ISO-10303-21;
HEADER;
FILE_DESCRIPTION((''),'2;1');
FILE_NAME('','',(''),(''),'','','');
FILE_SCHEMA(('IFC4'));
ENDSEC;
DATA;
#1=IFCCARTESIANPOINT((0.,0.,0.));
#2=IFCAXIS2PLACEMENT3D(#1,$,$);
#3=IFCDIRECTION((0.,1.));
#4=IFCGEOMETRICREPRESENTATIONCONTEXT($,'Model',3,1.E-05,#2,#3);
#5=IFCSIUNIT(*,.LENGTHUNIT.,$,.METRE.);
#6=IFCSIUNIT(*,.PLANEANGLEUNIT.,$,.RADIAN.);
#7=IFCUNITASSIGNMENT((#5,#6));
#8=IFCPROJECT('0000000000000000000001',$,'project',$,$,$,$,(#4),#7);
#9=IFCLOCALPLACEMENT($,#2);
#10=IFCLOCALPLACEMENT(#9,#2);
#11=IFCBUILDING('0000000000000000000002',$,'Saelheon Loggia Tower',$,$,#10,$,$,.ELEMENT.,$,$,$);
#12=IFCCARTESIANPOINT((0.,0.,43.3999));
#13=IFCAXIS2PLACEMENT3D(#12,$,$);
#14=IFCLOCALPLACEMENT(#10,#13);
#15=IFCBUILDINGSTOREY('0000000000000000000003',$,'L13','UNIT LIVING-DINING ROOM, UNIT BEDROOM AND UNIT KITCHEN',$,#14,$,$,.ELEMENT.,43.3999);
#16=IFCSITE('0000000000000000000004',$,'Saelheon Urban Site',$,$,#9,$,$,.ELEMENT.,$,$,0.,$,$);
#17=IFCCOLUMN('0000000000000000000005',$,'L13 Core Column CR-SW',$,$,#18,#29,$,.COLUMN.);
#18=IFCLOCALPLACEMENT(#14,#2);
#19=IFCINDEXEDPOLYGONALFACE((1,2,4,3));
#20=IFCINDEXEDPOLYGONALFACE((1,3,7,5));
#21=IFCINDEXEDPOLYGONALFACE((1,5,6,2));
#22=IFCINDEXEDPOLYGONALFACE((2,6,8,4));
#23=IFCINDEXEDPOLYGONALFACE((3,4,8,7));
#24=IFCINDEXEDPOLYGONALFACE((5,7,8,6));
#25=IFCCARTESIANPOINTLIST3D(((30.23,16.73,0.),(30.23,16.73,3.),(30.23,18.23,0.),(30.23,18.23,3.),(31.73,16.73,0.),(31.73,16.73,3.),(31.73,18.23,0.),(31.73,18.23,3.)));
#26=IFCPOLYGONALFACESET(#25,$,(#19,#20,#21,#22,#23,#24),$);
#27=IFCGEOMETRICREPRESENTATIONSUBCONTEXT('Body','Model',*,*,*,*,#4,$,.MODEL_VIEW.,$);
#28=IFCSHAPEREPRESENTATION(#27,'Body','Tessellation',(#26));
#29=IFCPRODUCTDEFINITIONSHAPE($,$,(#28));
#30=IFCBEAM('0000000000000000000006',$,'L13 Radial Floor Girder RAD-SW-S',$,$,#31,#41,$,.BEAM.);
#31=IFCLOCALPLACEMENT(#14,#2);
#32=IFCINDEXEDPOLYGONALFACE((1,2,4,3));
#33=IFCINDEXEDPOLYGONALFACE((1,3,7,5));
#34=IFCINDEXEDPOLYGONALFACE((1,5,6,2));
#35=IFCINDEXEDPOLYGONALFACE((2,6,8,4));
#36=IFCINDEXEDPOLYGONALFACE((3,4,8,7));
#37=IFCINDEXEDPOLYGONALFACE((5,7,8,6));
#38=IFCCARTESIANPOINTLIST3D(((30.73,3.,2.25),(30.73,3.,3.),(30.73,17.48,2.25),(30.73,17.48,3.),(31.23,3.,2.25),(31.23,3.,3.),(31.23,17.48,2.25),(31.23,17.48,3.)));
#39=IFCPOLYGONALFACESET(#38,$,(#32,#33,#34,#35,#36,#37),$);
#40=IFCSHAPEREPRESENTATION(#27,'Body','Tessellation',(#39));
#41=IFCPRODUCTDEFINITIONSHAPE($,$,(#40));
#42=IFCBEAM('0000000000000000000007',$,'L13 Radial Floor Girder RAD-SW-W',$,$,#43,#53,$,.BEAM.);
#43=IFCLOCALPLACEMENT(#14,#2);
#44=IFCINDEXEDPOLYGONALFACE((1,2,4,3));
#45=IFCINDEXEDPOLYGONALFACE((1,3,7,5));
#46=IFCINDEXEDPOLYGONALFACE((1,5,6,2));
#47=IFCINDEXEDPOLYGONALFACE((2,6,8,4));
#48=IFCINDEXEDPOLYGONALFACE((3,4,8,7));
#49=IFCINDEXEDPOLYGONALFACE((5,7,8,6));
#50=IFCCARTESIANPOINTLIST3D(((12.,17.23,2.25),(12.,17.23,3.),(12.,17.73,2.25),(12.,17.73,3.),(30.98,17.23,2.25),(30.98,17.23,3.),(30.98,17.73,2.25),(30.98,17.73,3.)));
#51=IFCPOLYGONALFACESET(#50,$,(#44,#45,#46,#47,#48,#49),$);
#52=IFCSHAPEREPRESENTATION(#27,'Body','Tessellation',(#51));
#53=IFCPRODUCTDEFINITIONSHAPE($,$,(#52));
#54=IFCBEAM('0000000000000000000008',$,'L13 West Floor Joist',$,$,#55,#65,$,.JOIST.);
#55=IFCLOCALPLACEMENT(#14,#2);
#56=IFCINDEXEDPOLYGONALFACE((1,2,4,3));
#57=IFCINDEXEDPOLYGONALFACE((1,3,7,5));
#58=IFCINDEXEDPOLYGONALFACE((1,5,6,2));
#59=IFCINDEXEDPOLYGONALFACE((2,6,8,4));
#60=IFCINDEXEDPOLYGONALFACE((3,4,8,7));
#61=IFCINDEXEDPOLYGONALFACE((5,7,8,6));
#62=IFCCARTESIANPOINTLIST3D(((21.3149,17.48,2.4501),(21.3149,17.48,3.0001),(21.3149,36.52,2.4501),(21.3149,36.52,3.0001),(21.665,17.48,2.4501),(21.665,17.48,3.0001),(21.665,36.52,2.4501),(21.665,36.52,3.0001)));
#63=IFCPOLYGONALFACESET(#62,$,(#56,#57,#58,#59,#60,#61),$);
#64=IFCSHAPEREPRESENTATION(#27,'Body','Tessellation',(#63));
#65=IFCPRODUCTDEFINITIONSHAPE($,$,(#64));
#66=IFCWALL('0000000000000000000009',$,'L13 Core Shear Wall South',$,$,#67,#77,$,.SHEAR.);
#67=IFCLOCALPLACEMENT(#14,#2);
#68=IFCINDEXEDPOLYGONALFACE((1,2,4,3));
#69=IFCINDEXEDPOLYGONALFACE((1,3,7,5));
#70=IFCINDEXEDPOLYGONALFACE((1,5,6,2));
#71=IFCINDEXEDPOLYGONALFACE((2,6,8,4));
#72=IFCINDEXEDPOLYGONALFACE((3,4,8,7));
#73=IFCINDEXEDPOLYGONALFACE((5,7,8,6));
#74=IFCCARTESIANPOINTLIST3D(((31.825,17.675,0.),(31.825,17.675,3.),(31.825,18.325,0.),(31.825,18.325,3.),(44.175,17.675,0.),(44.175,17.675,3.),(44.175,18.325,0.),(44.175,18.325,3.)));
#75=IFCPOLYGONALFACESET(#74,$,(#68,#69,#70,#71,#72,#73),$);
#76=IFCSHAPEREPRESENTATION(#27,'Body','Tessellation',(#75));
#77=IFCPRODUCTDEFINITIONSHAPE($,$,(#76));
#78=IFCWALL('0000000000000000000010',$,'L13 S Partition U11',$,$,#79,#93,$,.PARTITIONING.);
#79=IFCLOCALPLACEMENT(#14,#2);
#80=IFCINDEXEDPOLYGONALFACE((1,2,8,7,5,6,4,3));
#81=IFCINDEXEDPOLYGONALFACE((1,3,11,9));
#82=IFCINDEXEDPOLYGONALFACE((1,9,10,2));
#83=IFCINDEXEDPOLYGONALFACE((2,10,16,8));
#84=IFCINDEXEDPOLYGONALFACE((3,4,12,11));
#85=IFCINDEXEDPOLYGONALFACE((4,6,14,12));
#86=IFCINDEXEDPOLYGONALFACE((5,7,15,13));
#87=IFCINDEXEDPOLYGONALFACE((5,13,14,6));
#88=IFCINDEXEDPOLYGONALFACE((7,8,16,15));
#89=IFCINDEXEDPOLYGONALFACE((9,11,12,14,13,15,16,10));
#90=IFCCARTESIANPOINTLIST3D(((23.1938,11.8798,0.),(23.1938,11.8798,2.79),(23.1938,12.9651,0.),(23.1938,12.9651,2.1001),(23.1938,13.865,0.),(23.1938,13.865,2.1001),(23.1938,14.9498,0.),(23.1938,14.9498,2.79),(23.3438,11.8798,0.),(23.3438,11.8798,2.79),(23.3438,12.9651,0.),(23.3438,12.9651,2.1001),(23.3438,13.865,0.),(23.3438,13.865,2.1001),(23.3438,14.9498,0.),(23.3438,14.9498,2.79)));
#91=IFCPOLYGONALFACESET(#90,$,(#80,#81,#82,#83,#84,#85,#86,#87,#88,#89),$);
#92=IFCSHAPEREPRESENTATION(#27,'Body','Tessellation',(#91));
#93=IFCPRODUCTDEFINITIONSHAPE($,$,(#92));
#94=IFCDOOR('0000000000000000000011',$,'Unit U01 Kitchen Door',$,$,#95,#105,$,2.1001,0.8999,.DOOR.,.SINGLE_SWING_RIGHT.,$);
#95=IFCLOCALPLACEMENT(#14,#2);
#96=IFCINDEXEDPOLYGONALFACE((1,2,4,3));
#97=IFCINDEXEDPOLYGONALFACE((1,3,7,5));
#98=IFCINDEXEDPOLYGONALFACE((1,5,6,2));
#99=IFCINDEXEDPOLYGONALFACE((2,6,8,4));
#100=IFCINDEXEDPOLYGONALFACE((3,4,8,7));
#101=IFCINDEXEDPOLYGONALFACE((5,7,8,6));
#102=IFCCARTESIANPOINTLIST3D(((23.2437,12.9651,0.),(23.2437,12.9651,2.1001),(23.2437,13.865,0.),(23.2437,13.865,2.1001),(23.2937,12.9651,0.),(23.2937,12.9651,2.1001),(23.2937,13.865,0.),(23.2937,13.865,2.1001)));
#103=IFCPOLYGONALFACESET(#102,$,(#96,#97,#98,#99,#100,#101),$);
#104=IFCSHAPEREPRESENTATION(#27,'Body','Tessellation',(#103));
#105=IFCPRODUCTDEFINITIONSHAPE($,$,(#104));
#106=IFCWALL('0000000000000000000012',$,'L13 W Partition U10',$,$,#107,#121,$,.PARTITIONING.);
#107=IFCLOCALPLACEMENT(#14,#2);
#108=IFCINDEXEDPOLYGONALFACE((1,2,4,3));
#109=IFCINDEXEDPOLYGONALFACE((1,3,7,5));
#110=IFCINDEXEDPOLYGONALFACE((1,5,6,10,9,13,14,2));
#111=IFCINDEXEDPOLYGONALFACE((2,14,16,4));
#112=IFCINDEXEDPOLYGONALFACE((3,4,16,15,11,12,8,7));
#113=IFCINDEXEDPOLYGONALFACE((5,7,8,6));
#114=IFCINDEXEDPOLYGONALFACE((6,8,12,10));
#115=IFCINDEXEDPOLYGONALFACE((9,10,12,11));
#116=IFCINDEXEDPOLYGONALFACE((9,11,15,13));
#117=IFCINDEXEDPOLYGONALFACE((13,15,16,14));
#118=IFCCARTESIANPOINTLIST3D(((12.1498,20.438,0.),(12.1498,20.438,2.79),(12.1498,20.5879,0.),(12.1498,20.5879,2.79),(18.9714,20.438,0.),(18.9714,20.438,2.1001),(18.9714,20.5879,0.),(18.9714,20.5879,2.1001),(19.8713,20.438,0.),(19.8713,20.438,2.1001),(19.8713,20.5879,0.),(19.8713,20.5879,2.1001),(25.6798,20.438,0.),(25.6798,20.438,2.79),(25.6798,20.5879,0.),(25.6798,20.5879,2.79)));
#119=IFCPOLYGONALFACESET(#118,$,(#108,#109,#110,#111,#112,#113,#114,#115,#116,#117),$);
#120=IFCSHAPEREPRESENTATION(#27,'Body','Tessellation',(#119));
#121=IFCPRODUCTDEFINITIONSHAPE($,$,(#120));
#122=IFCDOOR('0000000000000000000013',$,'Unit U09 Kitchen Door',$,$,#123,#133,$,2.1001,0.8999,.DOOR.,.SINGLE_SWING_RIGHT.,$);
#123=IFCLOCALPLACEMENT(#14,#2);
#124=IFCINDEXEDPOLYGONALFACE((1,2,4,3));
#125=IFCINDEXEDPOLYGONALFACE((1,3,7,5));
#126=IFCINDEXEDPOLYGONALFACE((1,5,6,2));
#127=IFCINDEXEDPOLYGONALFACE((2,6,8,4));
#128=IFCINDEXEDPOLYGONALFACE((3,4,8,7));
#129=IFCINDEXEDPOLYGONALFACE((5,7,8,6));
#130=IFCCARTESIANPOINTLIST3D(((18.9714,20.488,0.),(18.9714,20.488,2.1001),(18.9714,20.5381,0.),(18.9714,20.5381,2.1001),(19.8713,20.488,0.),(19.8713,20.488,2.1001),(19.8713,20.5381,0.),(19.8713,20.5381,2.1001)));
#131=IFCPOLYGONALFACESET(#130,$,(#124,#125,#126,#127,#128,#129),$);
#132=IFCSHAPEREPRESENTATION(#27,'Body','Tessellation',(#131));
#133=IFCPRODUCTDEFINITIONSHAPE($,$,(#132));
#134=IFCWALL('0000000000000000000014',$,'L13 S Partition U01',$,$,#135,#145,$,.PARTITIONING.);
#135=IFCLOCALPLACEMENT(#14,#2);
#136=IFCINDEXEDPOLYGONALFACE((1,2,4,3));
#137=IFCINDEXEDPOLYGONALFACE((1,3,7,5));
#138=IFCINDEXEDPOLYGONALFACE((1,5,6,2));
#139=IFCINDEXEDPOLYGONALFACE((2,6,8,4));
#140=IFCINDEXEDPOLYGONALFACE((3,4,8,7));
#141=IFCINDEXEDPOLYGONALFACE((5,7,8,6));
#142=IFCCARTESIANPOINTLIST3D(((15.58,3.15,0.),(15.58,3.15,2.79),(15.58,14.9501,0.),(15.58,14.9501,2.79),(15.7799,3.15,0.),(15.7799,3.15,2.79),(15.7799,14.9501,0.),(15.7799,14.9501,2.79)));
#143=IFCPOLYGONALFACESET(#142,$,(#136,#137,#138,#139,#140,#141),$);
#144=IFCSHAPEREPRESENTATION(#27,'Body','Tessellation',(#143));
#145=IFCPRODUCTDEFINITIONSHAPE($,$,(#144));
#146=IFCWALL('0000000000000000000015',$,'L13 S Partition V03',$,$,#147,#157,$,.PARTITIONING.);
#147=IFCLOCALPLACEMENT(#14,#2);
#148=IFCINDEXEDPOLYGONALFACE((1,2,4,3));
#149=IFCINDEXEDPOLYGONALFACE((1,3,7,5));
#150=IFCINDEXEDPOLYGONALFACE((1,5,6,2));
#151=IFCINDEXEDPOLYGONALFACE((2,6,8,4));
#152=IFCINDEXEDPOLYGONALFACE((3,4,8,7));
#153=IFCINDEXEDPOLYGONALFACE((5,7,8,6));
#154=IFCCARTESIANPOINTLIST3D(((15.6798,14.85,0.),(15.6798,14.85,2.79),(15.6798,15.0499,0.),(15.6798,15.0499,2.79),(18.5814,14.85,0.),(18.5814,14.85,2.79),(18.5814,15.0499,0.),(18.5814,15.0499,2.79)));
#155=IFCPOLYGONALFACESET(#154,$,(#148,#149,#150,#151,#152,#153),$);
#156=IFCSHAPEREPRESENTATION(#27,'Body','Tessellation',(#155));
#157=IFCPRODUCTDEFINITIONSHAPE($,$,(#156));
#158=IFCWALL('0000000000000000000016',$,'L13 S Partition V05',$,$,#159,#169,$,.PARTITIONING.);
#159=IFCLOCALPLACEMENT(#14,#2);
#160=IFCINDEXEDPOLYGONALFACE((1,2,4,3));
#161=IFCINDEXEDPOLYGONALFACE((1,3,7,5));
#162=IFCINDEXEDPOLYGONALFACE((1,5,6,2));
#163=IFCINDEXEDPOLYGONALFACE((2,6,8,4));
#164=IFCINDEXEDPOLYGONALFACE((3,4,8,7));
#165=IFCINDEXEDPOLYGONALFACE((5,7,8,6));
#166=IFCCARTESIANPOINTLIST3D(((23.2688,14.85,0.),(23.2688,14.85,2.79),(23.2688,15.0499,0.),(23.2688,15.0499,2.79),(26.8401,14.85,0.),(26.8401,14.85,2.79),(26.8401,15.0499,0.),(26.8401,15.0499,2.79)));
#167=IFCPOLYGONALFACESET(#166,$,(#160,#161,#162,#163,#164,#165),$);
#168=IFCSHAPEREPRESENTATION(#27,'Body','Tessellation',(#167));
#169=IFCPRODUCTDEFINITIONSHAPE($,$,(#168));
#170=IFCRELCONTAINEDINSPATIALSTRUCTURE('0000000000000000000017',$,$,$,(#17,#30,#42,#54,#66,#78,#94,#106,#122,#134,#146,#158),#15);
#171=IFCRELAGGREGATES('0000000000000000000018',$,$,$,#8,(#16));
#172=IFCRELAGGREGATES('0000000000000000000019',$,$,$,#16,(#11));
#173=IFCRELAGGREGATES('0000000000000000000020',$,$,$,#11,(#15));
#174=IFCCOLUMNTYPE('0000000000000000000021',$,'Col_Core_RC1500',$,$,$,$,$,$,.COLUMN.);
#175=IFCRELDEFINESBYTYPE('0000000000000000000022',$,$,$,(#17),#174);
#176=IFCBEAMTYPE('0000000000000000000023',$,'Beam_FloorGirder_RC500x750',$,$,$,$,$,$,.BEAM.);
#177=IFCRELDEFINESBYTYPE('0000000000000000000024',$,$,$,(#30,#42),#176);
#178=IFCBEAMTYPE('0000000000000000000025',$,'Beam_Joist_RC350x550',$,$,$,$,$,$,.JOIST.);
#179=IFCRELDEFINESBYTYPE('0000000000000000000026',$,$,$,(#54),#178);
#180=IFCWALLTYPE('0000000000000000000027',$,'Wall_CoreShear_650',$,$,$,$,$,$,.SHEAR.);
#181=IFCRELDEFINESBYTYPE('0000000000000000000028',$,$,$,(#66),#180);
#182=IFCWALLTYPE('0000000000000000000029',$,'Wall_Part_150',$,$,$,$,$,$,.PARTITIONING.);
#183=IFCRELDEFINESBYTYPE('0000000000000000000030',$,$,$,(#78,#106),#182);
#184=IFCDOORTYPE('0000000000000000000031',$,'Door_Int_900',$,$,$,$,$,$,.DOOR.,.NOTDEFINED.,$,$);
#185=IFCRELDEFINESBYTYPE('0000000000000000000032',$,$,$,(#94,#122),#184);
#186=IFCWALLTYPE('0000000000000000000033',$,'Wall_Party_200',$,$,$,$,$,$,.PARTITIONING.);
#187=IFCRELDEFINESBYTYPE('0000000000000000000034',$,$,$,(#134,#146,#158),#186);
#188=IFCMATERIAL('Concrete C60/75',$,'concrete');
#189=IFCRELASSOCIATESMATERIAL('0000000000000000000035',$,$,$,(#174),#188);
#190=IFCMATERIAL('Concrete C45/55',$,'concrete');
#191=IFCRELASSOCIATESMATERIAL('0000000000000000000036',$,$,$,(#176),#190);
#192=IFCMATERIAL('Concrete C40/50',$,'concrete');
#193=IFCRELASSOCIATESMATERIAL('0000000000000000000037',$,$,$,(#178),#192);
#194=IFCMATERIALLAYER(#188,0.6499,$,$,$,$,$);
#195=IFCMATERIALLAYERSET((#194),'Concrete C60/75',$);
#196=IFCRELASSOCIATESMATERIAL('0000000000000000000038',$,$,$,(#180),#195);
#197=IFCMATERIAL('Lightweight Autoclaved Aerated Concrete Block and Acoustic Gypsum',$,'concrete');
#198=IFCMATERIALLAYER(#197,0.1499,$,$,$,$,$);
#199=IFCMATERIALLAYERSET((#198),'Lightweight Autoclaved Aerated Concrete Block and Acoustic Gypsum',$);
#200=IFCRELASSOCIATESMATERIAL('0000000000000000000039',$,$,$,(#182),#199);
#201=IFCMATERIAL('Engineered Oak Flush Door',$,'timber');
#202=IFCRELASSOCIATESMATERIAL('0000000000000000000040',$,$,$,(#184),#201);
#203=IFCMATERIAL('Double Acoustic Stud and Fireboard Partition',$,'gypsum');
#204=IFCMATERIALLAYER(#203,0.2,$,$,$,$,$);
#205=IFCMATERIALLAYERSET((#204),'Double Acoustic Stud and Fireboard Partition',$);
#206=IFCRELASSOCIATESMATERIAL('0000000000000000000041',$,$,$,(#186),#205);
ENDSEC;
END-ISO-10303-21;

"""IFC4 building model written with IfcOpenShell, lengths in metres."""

from ifc_helpers import new_model, si_unit, direction, frame, frame_2d, origin, origin_2d, place, context, subcontext, project, spatial, rectangle, extrude, source, transform, mapped, material, layer, layer_set, material_profile, profile_set, type_object, element, fill, save


model = new_model("IFC4")

# Units and contexts
model_context = context("Model", 3, precision=1e-05, world=origin(), true_north=direction((0.0, 1.0)))
body_context = subcontext(model_context, "Body", "Model", "MODEL_VIEW")
ifc_project = project(units=[si_unit("LENGTHUNIT", "METRE"), si_unit("PLANEANGLEUNIT", "RADIAN")], contexts=[model_context])

# Site, building, storey
site_placement = place(None, origin())
site = spatial("IfcSite", under=ifc_project, at=site_placement, Name="Saelheon Urban Site", CompositionType="ELEMENT", RefElevation=0.0)
building_placement = place(site_placement, origin())
building = spatial("IfcBuilding", under=site, at=building_placement, Name="Saelheon Loggia Tower", CompositionType="ELEMENT")
storey_placement = place(building_placement, frame((0.0, 0.0, 43.3999)))
storey = spatial("IfcBuildingStorey", under=building, at=storey_placement, Name="L13", Description="UNIT LIVING-DINING ROOM, UNIT BEDROOM AND UNIT KITCHEN", CompositionType="ELEMENT", Elevation=43.3999)

# Column
ifc_material_1 = material(Name="Concrete C60/75", Category="concrete")
ifc_material_profile_1 = material_profile(ifc_material_1, rectangle(XDim=1.5, YDim=1.5, at=origin_2d()), Name="RC-1500x1500")
ifc_profile_set_1 = profile_set([ifc_material_profile_1], Name="Concrete C60/75")
column_type = type_object("IfcColumnType", Name="Col_Core_RC1500", PredefinedType="COLUMN", material=ifc_profile_set_1)
shared_shape_1 = source(origin(), body_context, "Body", "SweptSolid", [
    extrude(rectangle(XDim=1.5, YDim=1.5, at=origin_2d()), origin(), (0.0, 0.0, 1.0), 3.0),
])
column_placement = place(storey_placement, frame((30.98, 17.48, 0.0), z_axis=(0.0, 0.0, 1.0), x_axis=(1.0, 0.0, 0.0)))
element("IfcColumn", 1, at=column_placement, inside=storey, type_object=column_type, Name="L13 Core Column CR-SW", PredefinedType="COLUMN", context=body_context, shape_type="MappedRepresentation", body=[
    mapped(shared_shape_1, transform((0.0, 0.0, 0.0), scale=1.0)),
])

# Beams
ifc_material_2 = material(Name="Concrete C45/55", Category="concrete")
ifc_material_profile_2 = material_profile(ifc_material_2, rectangle(XDim=0.5, YDim=0.75, at=origin_2d()), Name="RC-500x750")
ifc_profile_set_2 = profile_set([ifc_material_profile_2], Name="Concrete C45/55")
beam_type_1 = type_object("IfcBeamType", Name="Beam_FloorGirder_RC500x750", PredefinedType="BEAM", material=ifc_profile_set_2)
shared_shape_2 = source(origin(), body_context, "Body", "SweptSolid", [
    extrude(rectangle(XDim=0.5, YDim=0.75, at=origin_2d()), origin(), (0.0, 0.0, 1.0), 14.48),
])
beam_1_placement = place(storey_placement, frame((30.98, 17.48, 2.625), z_axis=(0.0, -1.0, 0.0), x_axis=(1.0, 0.0, 0.0)))
element("IfcBeam", 2, at=beam_1_placement, inside=storey, type_object=beam_type_1, Name="L13 Radial Floor Girder RAD-SW-S", PredefinedType="BEAM", context=body_context, shape_type="MappedRepresentation", body=[
    mapped(shared_shape_2, transform((0.0, 0.0, 0.0), scale=1.0)),
])
shared_shape_3 = source(origin(), body_context, "Body", "SweptSolid", [
    extrude(rectangle(XDim=0.5, YDim=0.75, at=origin_2d()), origin(), (0.0, 0.0, 1.0), 18.98),
])
beam_2_placement = place(storey_placement, frame((30.98, 17.48, 2.625), z_axis=(-1.0, 0.0, 0.0), x_axis=(0.0, -1.0, 0.0)))
element("IfcBeam", 3, at=beam_2_placement, inside=storey, type_object=beam_type_1, Name="L13 Radial Floor Girder RAD-SW-W", PredefinedType="BEAM", context=body_context, shape_type="MappedRepresentation", body=[
    mapped(shared_shape_3, transform((0.0, 0.0, 0.0), scale=1.0)),
])
ifc_material_3 = material(Name="Concrete C40/50", Category="concrete")
ifc_material_profile_3 = material_profile(ifc_material_3, rectangle(XDim=0.3501, YDim=0.55, at=origin_2d()), Name="RC-350x550")
ifc_profile_set_3 = profile_set([ifc_material_profile_3], Name="Concrete C40/50")
beam_type_2 = type_object("IfcBeamType", Name="Beam_Joist_RC350x550", PredefinedType="JOIST", material=ifc_profile_set_3)
shared_shape_4 = source(origin(), body_context, "Body", "SweptSolid", [
    extrude(rectangle(XDim=0.3501, YDim=0.55, at=origin_2d()), origin(), (0.0, 0.0, 1.0), 19.04),
])
beam_3_placement = place(storey_placement, frame((21.49, 17.48, 2.7251), z_axis=(0.0, 1.0, 0.0), x_axis=(-1.0, 0.0, 0.0)))
element("IfcBeam", 4, at=beam_3_placement, inside=storey, type_object=beam_type_2, Name="L13 West Floor Joist", PredefinedType="JOIST", context=body_context, shape_type="MappedRepresentation", body=[
    mapped(shared_shape_4, transform((0.0, 0.0, 0.0), scale=1.0)),
])

# Shared definitions
ifc_layer_1 = layer(ifc_material_1, 0.6499)
ifc_layer_set_1 = layer_set([ifc_layer_1], Name="Concrete C60/75")
wall_type_1 = type_object("IfcWallType", Name="Wall_CoreShear_650", PredefinedType="SHEAR", material=ifc_layer_set_1)

# Wall
wall_1_placement = place(storey_placement, frame((31.825, 18.0, 0.0), z_axis=(0.0, 0.0, 1.0), x_axis=(1.0, 0.0, 0.0)))
element("IfcWall", 5, at=wall_1_placement, inside=storey, type_object=wall_type_1, Name="L13 Core Shear Wall South", PredefinedType="SHEAR", context=body_context, shape_type="SweptSolid", body=[
    extrude(rectangle(XDim=12.3501, YDim=0.6499, at=frame_2d((6.175, 0.0))), origin(), (0.0, 0.0, 1.0), 3.0),
])

# Walls, openings, doors
ifc_material_4 = material(Name="Lightweight Autoclaved Aerated Concrete Block and Acoustic Gypsum", Category="concrete")
ifc_layer_2 = layer(ifc_material_4, 0.1499)
ifc_layer_set_2 = layer_set([ifc_layer_2], Name="Lightweight Autoclaved Aerated Concrete Block and Acoustic Gypsum")
wall_type_2 = type_object("IfcWallType", Name="Wall_Part_150", PredefinedType="PARTITIONING", material=ifc_layer_set_2)
wall_2_placement = place(storey_placement, frame((23.2688, 14.95, 0.0), z_axis=(0.0, 0.0, 1.0), x_axis=(0.0, -1.0, 0.0)))
wall_2 = element("IfcWall", 6, at=wall_2_placement, inside=storey, type_object=wall_type_2, Name="L13 S Partition U11", PredefinedType="PARTITIONING", context=body_context, shape_type="SweptSolid", body=[
    extrude(rectangle(XDim=3.0701, YDim=0.1499, at=frame_2d((1.5352, 0.0))), origin(), (0.0, 0.0, 1.0), 2.79),
])
opening_1_placement = place(wall_2_placement, frame((1.085, 0.0, 0.0)))
opening_1 = element("IfcOpeningElement", 7, at=opening_1_placement, cuts=wall_2, PredefinedType="OPENING", context=body_context, shape_type="SweptSolid", body=[
    extrude(rectangle(XDim=0.8999, YDim=2.1001, at=frame_2d((0.45, 1.05))), frame((0.0, 0.0869, 0.0), z_axis=(0.0, -1.0, 0.0), x_axis=(1.0, 0.0, 0.0)), (0.0, 0.0, 1.0), 0.1738),
])
ifc_material_5 = material(Name="Engineered Oak Flush Door", Category="timber")
door_type_1 = type_object("IfcDoorType", Name="Door_Int_900", OperationType="NOTDEFINED", PredefinedType="DOOR", material=ifc_material_5)
shared_shape_5 = source(origin(), body_context, "Body", "SweptSolid", [
    extrude(rectangle(XDim=0.8999, YDim=2.1001, at=frame_2d((0.45, 1.05))), frame((0.0, 0.0249, 0.0), z_axis=(0.0, -1.0, 0.0), x_axis=(1.0, 0.0, 0.0)), (0.0, 0.0, 1.0), 0.05),
])
door_1_placement = place(opening_1_placement, origin())
door_1 = element("IfcDoor", 8, at=door_1_placement, inside=storey, type_object=door_type_1, Name="Unit U01 Kitchen Door", OperationType="SINGLE_SWING_RIGHT", OverallHeight=2.1001, OverallWidth=0.8999, PredefinedType="DOOR", context=body_context, shape_type="MappedRepresentation", body=[
    mapped(shared_shape_5, transform((0.0, 0.0, 0.0), scale=1.0)),
])
fill(opening_1, door_1)
wall_3_placement = place(storey_placement, frame((25.6799, 20.5129, 0.0), z_axis=(0.0, 0.0, 1.0), x_axis=(-1.0, 0.0, 0.0)))
wall_3 = element("IfcWall", 9, at=wall_3_placement, inside=storey, type_object=wall_type_2, Name="L13 W Partition U10", PredefinedType="PARTITIONING", context=body_context, shape_type="SweptSolid", body=[
    extrude(rectangle(XDim=13.53, YDim=0.1499, at=frame_2d((6.7651, 0.0))), origin(), (0.0, 0.0, 1.0), 2.79),
])
opening_2_placement = place(wall_3_placement, frame((5.8086, 0.0, 0.0)))
opening_2 = element("IfcOpeningElement", 10, at=opening_2_placement, cuts=wall_3, PredefinedType="OPENING", context=body_context, shape_type="SweptSolid", body=[
    extrude(rectangle(XDim=0.8999, YDim=2.1001, at=frame_2d((0.45, 1.05))), frame((0.0, 0.0869, 0.0), z_axis=(0.0, -1.0, 0.0), x_axis=(1.0, 0.0, 0.0)), (0.0, 0.0, 1.0), 0.1738),
])
door_2_placement = place(opening_2_placement, origin())
door_2 = element("IfcDoor", 11, at=door_2_placement, inside=storey, type_object=door_type_1, Name="Unit U09 Kitchen Door", OperationType="SINGLE_SWING_RIGHT", OverallHeight=2.1001, OverallWidth=0.8999, PredefinedType="DOOR", context=body_context, shape_type="MappedRepresentation", body=[
    mapped(shared_shape_5, transform((0.0, 0.0, 0.0), scale=1.0)),
])
fill(opening_2, door_2)

# Walls
ifc_material_6 = material(Name="Double Acoustic Stud and Fireboard Partition", Category="gypsum")
ifc_layer_3 = layer(ifc_material_6, 0.2)
ifc_layer_set_3 = layer_set([ifc_layer_3], Name="Double Acoustic Stud and Fireboard Partition")
wall_type_3 = type_object("IfcWallType", Name="Wall_Party_200", PredefinedType="PARTITIONING", material=ifc_layer_set_3)
wall_4_placement = place(storey_placement, frame((15.6799, 14.95, 0.0), z_axis=(0.0, 0.0, 1.0), x_axis=(0.0, -1.0, 0.0)))
element("IfcWall", 12, at=wall_4_placement, inside=storey, type_object=wall_type_3, Name="L13 S Partition U01", PredefinedType="PARTITIONING", context=body_context, shape_type="SweptSolid", body=[
    extrude(rectangle(XDim=11.8, YDim=0.2, at=frame_2d((5.8999, 0.0))), origin(), (0.0, 0.0, 1.0), 2.79),
])
wall_5_placement = place(storey_placement, frame((15.6799, 14.95, 0.0), z_axis=(0.0, 0.0, 1.0), x_axis=(1.0, 0.0, 0.0)))
element("IfcWall", 13, at=wall_5_placement, inside=storey, type_object=wall_type_3, Name="L13 S Partition V03", PredefinedType="PARTITIONING", context=body_context, shape_type="SweptSolid", body=[
    extrude(rectangle(XDim=2.9016, YDim=0.2, at=frame_2d((1.4507, 0.0))), origin(), (0.0, 0.0, 1.0), 2.79),
])

# Wall
wall_6_placement = place(storey_placement, frame((23.2688, 14.95, 0.0), z_axis=(0.0, 0.0, 1.0), x_axis=(1.0, 0.0, 0.0)))
element("IfcWall", 14, at=wall_6_placement, inside=storey, type_object=wall_type_3, Name="L13 S Partition V05", PredefinedType="PARTITIONING", context=body_context, shape_type="SweptSolid", body=[
    extrude(rectangle(XDim=3.5713, YDim=0.2, at=frame_2d((1.7856, 0.0))), origin(), (0.0, 0.0, 1.0), 2.79),
])

save(model, "model.ifc")
